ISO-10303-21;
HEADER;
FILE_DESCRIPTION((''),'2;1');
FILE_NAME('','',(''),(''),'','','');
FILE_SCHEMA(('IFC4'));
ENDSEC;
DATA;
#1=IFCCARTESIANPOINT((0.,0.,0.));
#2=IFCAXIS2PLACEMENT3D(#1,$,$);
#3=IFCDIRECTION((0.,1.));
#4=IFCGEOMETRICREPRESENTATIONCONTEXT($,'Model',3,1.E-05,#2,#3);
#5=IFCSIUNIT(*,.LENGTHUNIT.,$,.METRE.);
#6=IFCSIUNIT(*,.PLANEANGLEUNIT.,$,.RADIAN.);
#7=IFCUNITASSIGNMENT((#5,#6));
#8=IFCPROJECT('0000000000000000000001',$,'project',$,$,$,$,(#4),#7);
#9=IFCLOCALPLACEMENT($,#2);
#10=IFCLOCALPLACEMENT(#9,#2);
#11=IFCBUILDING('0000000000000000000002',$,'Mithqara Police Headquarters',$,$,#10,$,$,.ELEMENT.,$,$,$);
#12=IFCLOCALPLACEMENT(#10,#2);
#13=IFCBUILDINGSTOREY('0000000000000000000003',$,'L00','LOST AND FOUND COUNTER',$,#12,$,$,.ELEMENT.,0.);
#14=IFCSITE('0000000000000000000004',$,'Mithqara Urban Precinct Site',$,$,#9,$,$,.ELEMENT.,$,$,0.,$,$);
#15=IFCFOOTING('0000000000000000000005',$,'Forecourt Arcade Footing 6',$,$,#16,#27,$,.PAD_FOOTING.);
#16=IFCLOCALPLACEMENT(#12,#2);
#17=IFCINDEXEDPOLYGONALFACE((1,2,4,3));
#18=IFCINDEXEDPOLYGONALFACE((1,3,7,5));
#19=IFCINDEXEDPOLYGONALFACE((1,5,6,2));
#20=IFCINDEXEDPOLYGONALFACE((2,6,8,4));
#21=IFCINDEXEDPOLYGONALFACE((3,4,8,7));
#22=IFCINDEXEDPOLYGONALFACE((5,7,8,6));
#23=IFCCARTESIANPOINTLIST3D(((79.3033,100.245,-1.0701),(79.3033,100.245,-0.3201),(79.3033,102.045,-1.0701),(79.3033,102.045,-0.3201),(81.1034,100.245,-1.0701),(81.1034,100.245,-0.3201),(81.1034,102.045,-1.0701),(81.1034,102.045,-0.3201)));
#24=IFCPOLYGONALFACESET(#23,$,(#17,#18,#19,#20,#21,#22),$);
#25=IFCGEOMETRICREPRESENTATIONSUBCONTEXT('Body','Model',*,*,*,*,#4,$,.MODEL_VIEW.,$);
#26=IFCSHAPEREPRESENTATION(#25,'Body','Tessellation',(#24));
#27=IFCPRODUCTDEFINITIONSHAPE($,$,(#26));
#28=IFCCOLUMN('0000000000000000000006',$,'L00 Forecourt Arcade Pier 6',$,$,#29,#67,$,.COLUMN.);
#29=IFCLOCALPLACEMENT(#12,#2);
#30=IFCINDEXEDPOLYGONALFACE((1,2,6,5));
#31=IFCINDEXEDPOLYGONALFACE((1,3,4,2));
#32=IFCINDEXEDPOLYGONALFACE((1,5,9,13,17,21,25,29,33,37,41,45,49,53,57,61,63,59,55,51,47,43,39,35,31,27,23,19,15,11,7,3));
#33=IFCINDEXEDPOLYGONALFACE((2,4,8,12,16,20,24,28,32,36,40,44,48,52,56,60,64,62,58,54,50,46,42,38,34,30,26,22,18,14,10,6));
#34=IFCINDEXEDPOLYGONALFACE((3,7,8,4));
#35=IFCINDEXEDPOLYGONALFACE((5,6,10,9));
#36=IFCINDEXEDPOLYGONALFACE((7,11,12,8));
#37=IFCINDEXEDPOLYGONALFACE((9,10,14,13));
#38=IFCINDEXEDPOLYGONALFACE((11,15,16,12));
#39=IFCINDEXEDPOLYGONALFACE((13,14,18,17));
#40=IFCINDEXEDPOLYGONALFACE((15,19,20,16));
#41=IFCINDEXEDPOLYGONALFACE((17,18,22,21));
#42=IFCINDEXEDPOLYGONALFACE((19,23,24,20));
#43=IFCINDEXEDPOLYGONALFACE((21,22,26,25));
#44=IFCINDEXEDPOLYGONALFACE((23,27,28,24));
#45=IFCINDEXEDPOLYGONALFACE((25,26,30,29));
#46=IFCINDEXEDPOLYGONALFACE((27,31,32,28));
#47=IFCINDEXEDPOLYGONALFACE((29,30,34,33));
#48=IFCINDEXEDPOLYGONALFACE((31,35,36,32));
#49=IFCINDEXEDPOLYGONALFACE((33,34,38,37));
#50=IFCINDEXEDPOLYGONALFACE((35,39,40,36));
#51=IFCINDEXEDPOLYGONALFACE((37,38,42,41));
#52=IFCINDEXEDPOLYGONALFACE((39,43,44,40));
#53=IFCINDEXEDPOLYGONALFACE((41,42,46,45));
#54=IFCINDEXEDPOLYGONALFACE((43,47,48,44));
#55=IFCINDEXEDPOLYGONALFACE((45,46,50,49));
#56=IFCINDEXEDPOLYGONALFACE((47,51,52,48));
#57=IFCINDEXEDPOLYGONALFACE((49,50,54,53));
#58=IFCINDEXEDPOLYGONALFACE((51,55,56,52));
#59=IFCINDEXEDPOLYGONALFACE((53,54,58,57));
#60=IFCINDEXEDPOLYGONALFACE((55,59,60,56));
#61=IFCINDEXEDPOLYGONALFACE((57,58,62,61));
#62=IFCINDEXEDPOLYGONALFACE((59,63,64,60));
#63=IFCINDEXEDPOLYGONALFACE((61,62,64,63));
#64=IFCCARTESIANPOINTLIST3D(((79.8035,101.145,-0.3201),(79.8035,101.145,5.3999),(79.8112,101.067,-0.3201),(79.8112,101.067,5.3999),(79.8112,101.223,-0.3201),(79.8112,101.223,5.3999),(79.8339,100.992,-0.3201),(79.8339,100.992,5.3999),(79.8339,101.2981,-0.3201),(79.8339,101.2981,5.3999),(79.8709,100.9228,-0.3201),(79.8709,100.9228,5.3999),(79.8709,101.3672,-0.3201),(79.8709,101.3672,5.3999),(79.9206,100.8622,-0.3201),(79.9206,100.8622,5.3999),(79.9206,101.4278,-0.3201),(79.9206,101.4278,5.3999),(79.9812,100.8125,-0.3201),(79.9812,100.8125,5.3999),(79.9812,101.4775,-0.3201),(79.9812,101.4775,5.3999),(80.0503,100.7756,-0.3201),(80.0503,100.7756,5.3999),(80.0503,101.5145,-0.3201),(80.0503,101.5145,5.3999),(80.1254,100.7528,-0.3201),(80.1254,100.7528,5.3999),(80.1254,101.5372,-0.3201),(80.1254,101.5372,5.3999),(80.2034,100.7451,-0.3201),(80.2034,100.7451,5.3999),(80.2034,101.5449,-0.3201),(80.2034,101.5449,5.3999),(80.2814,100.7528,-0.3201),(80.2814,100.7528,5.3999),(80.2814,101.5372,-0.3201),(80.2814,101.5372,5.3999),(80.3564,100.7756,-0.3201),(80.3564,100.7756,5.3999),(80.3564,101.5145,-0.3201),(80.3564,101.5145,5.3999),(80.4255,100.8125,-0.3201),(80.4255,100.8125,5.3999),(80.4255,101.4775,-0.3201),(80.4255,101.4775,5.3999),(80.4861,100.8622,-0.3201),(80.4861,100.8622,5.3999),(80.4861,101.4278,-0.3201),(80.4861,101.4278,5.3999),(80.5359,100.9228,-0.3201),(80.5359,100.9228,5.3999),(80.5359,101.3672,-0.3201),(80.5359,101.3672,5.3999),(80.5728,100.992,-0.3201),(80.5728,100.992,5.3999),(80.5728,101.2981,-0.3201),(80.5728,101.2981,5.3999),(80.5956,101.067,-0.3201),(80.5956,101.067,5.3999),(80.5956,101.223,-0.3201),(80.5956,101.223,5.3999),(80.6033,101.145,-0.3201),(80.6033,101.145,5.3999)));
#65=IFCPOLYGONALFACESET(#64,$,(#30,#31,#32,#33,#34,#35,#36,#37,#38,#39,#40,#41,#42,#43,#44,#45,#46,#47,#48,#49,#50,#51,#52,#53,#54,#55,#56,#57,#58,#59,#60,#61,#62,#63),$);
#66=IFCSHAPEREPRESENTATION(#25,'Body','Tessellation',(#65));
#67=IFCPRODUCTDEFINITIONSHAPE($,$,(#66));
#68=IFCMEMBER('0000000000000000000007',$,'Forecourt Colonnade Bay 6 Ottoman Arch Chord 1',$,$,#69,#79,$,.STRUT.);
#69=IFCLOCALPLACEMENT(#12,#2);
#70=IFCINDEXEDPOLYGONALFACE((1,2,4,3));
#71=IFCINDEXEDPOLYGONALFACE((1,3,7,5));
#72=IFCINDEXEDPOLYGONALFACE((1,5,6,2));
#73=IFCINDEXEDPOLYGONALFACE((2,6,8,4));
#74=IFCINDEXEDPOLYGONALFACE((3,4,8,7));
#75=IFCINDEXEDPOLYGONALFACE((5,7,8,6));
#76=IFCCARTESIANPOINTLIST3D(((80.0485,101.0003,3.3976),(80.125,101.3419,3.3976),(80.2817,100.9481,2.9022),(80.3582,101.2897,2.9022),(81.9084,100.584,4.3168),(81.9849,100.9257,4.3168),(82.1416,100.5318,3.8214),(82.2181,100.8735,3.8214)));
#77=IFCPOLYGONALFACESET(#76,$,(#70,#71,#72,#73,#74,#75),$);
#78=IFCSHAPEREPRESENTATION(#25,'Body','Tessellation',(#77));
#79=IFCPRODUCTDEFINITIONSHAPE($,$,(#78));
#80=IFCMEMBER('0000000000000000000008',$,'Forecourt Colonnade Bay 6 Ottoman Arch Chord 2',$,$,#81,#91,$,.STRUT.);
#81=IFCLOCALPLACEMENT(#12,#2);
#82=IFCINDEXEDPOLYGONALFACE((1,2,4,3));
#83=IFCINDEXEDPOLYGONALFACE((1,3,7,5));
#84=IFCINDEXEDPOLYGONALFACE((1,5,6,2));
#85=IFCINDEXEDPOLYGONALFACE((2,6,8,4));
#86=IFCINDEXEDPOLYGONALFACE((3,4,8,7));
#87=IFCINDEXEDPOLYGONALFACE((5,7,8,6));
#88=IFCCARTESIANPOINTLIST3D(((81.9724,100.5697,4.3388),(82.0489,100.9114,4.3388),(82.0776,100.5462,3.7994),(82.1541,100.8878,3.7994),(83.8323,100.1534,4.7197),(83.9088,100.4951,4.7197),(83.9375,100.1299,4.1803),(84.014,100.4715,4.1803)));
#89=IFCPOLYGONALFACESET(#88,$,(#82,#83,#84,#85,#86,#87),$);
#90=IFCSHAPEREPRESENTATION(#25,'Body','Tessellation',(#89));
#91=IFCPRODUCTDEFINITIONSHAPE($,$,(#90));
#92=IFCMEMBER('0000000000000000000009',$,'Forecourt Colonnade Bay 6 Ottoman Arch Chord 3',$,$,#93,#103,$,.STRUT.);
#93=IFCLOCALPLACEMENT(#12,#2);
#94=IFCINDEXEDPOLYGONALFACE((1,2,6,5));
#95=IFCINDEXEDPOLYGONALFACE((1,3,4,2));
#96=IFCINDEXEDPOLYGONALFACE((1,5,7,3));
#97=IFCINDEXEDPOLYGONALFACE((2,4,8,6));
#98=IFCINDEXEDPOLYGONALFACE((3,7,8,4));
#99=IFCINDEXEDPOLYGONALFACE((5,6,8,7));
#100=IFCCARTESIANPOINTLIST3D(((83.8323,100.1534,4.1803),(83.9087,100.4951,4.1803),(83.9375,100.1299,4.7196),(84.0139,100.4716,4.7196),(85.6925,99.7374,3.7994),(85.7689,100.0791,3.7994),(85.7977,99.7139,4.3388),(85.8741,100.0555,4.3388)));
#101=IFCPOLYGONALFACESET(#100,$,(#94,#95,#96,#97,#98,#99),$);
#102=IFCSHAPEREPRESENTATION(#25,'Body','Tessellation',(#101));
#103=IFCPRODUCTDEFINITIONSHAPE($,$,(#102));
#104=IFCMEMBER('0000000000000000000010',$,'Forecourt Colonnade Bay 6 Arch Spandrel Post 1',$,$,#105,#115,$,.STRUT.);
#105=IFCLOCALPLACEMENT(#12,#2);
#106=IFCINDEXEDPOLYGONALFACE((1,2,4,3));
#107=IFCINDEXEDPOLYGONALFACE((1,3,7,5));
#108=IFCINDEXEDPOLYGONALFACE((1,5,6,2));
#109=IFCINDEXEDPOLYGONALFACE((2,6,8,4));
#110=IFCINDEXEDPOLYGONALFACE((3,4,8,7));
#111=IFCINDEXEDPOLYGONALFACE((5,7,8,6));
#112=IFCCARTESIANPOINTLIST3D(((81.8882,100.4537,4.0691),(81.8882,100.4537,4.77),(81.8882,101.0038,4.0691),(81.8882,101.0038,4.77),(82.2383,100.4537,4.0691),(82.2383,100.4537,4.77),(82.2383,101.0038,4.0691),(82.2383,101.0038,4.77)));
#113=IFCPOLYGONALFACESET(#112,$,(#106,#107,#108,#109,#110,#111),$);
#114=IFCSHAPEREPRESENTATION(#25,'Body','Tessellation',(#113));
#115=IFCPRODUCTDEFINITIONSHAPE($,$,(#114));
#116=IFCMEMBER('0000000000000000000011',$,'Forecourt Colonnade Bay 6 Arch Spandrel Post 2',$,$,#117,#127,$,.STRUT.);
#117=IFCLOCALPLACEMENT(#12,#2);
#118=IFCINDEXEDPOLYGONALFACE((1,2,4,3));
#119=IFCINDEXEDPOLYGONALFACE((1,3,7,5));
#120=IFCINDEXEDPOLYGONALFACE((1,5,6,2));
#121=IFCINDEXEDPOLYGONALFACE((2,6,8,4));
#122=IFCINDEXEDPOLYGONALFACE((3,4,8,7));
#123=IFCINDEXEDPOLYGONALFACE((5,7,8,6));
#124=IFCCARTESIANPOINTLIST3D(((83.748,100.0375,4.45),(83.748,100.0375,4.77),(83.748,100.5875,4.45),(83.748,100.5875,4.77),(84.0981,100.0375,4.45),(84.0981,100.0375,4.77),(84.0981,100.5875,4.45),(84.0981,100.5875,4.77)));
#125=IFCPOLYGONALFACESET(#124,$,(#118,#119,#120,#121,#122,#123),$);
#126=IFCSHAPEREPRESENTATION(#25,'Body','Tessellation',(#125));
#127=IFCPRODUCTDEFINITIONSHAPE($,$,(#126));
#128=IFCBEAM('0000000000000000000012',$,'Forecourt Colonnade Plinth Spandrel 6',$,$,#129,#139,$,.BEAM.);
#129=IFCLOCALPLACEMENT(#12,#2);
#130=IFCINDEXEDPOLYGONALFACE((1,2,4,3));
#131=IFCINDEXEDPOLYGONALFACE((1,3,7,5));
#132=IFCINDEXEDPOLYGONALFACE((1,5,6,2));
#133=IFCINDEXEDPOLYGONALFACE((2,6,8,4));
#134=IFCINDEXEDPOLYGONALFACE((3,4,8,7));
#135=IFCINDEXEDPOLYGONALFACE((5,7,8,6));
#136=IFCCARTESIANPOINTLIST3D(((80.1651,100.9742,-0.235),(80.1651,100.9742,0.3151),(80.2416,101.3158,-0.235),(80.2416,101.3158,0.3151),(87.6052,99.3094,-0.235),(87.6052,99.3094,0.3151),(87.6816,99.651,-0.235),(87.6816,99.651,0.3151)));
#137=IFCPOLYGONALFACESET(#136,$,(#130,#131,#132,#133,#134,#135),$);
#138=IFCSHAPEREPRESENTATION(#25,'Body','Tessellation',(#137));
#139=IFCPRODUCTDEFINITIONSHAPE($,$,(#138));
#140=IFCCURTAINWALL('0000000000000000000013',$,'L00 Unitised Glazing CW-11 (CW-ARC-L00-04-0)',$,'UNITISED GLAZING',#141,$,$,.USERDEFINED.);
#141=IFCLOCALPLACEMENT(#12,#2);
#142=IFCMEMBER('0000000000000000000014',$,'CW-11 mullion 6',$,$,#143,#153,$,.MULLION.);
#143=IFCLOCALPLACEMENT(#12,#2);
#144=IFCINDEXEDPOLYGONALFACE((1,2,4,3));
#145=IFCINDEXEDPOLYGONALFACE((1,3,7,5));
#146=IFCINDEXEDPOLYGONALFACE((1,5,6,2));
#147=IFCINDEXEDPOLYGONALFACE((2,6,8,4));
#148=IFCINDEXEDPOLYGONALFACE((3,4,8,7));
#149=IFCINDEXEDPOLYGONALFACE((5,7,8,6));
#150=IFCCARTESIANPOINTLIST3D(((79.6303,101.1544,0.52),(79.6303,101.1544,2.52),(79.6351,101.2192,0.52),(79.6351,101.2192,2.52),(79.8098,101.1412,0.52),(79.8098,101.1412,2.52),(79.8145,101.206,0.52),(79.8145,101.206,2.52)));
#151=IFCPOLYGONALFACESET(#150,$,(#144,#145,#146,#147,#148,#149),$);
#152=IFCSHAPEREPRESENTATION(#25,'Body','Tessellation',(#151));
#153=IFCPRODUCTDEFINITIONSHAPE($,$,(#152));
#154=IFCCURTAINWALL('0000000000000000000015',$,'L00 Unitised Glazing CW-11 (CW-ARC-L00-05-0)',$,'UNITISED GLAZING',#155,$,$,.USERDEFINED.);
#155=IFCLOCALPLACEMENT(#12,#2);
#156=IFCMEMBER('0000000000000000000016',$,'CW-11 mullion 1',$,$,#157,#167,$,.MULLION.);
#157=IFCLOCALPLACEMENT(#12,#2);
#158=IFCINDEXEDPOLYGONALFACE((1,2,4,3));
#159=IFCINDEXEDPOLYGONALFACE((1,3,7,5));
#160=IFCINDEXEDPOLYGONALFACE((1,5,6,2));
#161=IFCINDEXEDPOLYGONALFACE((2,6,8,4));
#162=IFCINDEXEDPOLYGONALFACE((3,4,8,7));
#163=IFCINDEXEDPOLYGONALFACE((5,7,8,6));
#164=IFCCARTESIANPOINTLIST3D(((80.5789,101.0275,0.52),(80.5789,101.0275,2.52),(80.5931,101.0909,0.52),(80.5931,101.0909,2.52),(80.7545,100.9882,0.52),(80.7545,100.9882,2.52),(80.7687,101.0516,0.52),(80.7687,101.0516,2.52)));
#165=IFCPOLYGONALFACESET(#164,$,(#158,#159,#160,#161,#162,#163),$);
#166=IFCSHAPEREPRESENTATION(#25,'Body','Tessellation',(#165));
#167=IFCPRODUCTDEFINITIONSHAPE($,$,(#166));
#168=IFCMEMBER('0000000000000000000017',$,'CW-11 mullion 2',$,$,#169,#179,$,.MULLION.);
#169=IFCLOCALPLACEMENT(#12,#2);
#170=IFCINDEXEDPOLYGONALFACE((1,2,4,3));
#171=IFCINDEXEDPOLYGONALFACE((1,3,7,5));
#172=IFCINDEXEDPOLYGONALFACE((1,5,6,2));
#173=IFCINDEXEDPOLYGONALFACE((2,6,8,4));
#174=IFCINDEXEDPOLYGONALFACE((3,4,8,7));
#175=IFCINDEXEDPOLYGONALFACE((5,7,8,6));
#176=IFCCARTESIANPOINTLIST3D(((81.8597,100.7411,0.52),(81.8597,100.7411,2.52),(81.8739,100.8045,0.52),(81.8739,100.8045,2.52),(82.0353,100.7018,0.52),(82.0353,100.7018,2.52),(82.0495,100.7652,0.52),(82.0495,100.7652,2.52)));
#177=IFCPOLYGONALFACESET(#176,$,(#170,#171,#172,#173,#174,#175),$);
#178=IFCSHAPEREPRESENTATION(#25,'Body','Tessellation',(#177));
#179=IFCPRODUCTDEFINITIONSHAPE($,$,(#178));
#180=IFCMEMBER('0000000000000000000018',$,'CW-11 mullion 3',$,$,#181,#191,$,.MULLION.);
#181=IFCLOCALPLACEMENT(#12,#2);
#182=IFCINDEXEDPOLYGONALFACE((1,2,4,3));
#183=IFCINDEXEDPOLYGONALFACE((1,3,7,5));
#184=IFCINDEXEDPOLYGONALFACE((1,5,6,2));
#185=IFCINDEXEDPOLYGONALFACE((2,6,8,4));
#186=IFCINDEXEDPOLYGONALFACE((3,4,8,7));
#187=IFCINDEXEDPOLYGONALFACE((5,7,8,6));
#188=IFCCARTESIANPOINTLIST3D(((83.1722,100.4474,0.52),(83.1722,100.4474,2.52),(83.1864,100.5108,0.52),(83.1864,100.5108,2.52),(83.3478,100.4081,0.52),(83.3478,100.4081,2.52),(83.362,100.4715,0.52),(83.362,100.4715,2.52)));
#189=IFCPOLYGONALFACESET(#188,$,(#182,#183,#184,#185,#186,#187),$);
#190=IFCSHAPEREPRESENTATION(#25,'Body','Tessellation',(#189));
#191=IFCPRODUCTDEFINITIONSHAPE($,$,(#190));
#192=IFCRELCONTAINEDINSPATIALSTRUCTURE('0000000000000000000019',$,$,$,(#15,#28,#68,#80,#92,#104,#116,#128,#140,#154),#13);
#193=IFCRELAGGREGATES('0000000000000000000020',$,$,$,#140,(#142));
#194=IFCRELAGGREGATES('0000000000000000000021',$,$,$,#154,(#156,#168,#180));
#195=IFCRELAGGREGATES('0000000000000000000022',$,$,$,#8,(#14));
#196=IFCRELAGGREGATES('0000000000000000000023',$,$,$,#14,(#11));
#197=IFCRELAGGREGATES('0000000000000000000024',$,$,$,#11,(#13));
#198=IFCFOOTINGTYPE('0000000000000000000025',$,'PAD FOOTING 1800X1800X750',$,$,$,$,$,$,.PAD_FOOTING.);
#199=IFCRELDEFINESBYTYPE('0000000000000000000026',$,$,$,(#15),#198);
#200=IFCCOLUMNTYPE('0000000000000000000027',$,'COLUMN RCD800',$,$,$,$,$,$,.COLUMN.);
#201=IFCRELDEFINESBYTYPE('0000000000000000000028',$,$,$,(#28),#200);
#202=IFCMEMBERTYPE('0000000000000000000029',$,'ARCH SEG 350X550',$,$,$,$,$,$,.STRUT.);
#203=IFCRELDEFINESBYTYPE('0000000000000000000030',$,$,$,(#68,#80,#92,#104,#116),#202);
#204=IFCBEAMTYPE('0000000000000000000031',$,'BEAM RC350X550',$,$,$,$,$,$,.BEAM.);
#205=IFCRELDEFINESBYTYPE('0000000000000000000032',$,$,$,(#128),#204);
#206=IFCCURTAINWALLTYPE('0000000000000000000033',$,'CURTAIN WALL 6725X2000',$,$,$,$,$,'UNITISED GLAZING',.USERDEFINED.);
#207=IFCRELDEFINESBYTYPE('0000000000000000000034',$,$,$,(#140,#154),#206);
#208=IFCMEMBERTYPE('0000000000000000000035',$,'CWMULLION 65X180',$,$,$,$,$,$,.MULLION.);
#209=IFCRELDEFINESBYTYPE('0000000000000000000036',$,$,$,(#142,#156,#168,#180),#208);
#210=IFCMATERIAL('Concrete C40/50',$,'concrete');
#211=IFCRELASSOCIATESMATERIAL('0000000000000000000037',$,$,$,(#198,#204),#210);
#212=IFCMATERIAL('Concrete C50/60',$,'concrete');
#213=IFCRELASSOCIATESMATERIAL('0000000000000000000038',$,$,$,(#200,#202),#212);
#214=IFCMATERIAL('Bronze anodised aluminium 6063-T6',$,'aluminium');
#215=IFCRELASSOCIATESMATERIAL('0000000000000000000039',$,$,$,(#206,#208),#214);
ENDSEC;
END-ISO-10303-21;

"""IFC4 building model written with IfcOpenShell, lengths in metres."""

from ifc_helpers import new_model, si_unit, direction, frame, origin, origin_2d, place, context, subcontext, project, spatial, rectangle, circle, extrude, material, material_profile, profile_set, type_object, element, aggregate, save


model = new_model("IFC4")

# Units and contexts
model_context = context("Model", 3, precision=1e-05, world=origin(), true_north=direction((0.0, 1.0)))
body_context = subcontext(model_context, "Body", "Model", "MODEL_VIEW")
ifc_project = project(units=[si_unit("LENGTHUNIT", "METRE"), si_unit("PLANEANGLEUNIT", "RADIAN")], contexts=[model_context])

# Site, building, storey
site_placement = place(None, origin())
site = spatial("IfcSite", under=ifc_project, at=site_placement, Name="Mithqara Urban Precinct Site", CompositionType="ELEMENT", RefElevation=0.0)
building_placement = place(site_placement, origin())
building = spatial("IfcBuilding", under=site, at=building_placement, Name="Mithqara Police Headquarters", CompositionType="ELEMENT")
storey_placement = place(building_placement, origin())
storey = spatial("IfcBuildingStorey", under=building, at=storey_placement, Name="L00", Description="LOST AND FOUND COUNTER", CompositionType="ELEMENT", Elevation=0.0)

# Footing
ifc_material_1 = material(Name="Concrete C40/50", Category="concrete")
footing_type = type_object("IfcFootingType", Name="PAD FOOTING 1800X1800X750", PredefinedType="PAD_FOOTING", material=ifc_material_1)
footing_placement = place(storey_placement, frame((80.2034, 101.145, -1.0701), z_axis=(0.0, 0.0, 1.0), x_axis=(1.0, 0.0, 0.0)))
element("IfcFooting", 1, at=footing_placement, inside=storey, type_object=footing_type, Name="Forecourt Arcade Footing 6", PredefinedType="PAD_FOOTING", context=body_context, shape_type="SweptSolid", body=[
    extrude(rectangle(XDim=1.8, YDim=1.8, at=origin_2d()), origin(), (0.0, 0.0, 1.0), 0.75),
])

# Column
ifc_material_2 = material(Name="Concrete C50/60", Category="concrete")
ifc_material_profile_1 = material_profile(ifc_material_2, circle(Radius=0.3999, at=origin_2d()), Name="RCD 800")
ifc_profile_set_1 = profile_set([ifc_material_profile_1], Name="Concrete C50/60")
column_type = type_object("IfcColumnType", Name="COLUMN RCD800", PredefinedType="COLUMN", material=ifc_profile_set_1)
column_placement = place(storey_placement, frame((80.2034, 101.145, -0.3201), z_axis=(0.0, 0.0, 1.0), x_axis=(1.0, 0.0, 0.0)))
element("IfcColumn", 2, at=column_placement, inside=storey, type_object=column_type, Name="L00 Forecourt Arcade Pier 6", PredefinedType="COLUMN", context=body_context, shape_type="SweptSolid", body=[
    extrude(circle(Radius=0.3999, at=origin_2d()), origin(), (0.0, 0.0, 1.0), 5.72),
])

# Members
ifc_material_profile_2 = material_profile(ifc_material_2, rectangle(XDim=0.3501, YDim=0.55, at=origin_2d()), Name="ARC 350x550")
ifc_profile_set_2 = profile_set([ifc_material_profile_2], Name="Concrete C50/60")
member_type_1 = type_object("IfcMemberType", Name="ARCH SEG 350X550", PredefinedType="STRUT", material=ifc_profile_set_2)
member_1_placement = place(storey_placement, frame((80.2034, 101.145, 3.1499), z_axis=(0.87897, -0.196724, 0.434408), x_axis=(0.218409, 0.975857, 0.0)))
element("IfcMember", 3, at=member_1_placement, inside=storey, type_object=member_type_1, Name="Forecourt Colonnade Bay 6 Ottoman Arch Chord 1", PredefinedType="STRUT", context=body_context, shape_type="SweptSolid", body=[
    extrude(rectangle(XDim=0.3501, YDim=0.55, at=origin_2d()), origin(), (0.0, 0.0, 1.0), 2.116),
])
member_2_placement = place(storey_placement, frame((82.0632, 100.7288, 4.0691), z_axis=(0.956937, -0.214174, 0.19596), x_axis=(0.218409, 0.975857, 0.0)))
element("IfcMember", 4, at=member_2_placement, inside=storey, type_object=member_type_1, Name="Forecourt Colonnade Bay 6 Ottoman Arch Chord 2", PredefinedType="STRUT", context=body_context, shape_type="SweptSolid", body=[
    extrude(rectangle(XDim=0.3501, YDim=0.55, at=origin_2d()), origin(), (0.0, 0.0, 1.0), 1.9436),
])
member_3_placement = place(storey_placement, frame((83.9231, 100.3125, 4.45), z_axis=(0.956974, -0.214029, -0.195942), x_axis=(0.218259, 0.975891, 0.0)))
element("IfcMember", 5, at=member_3_placement, inside=storey, type_object=member_type_1, Name="Forecourt Colonnade Bay 6 Ottoman Arch Chord 3", PredefinedType="STRUT", context=body_context, shape_type="SweptSolid", body=[
    extrude(rectangle(XDim=0.3501, YDim=0.55, at=origin_2d()), origin(), (0.0, 0.0, 1.0), 1.9438),
])
member_4_placement = place(storey_placement, frame((82.0632, 100.7288, 4.0691), z_axis=(0.0, 0.0, 1.0), x_axis=(1.0, 0.0, 0.0)))
element("IfcMember", 6, at=member_4_placement, inside=storey, type_object=member_type_1, Name="Forecourt Colonnade Bay 6 Arch Spandrel Post 1", PredefinedType="STRUT", context=body_context, shape_type="SweptSolid", body=[
    extrude(rectangle(XDim=0.3501, YDim=0.55, at=origin_2d()), origin(), (0.0, 0.0, 1.0), 0.7009),
])
member_5_placement = place(storey_placement, frame((83.9231, 100.3125, 4.45), z_axis=(0.0, 0.0, 1.0), x_axis=(1.0, 0.0, 0.0)))
element("IfcMember", 7, at=member_5_placement, inside=storey, type_object=member_type_1, Name="Forecourt Colonnade Bay 6 Arch Spandrel Post 2", PredefinedType="STRUT", context=body_context, shape_type="SweptSolid", body=[
    extrude(rectangle(XDim=0.3501, YDim=0.55, at=origin_2d()), origin(), (0.0, 0.0, 1.0), 0.3201),
])

# Beam
ifc_material_profile_3 = material_profile(ifc_material_1, rectangle(XDim=0.3501, YDim=0.55, at=origin_2d()), Name="RC 350x550")
ifc_profile_set_3 = profile_set([ifc_material_profile_3], Name="Concrete C40/50")
beam_type_1 = type_object("IfcBeamType", Name="BEAM RC350X550", PredefinedType="BEAM", material=ifc_profile_set_3)
beam_1_placement = place(storey_placement, frame((80.2034, 101.145, 0.04), z_axis=(0.975867, -0.218364, 0.0), x_axis=(0.218364, 0.975867, 0.0)))
element("IfcBeam", 8, at=beam_1_placement, inside=storey, type_object=beam_type_1, Name="Forecourt Colonnade Plinth Spandrel 6", PredefinedType="BEAM", context=body_context, shape_type="SweptSolid", body=[
    extrude(rectangle(XDim=0.3501, YDim=0.55, at=origin_2d()), origin(), (0.0, 0.0, 1.0), 7.624),
])

# Curtain wall, member
ifc_material_3 = material(Name="Bronze anodised aluminium 6063-T6", Category="aluminium")
curtain_wall_type = type_object("IfcCurtainWallType", Name="CURTAIN WALL 6725X2000", ElementType="UNITISED GLAZING", PredefinedType="USERDEFINED", material=ifc_material_3)
curtain_wall_1_placement = place(storey_placement, origin())
curtain_wall_1 = element("IfcCurtainWall", 9, at=curtain_wall_1_placement, inside=storey, type_object=curtain_wall_type, Name="L00 Unitised Glazing CW-11 (CW-ARC-L00-04-0)", ObjectType="UNITISED GLAZING", PredefinedType="USERDEFINED")
ifc_material_profile_4 = material_profile(ifc_material_3, rectangle(XDim=0.0649, YDim=0.1799, at=origin_2d()), Name="CWM 65x180")
ifc_profile_set_4 = profile_set([ifc_material_profile_4], Name="Bronze anodised aluminium 6063-T6")
member_type_2 = type_object("IfcMemberType", Name="CWMULLION 65X180", PredefinedType="MULLION", material=ifc_profile_set_4)
member_6_placement = place(storey_placement, frame((79.7224, 101.1802, 0.52), z_axis=(0.0, 0.0, 1.0), x_axis=(0.073298, 0.99731, 0.0)))
member_6 = element("IfcMember", 10, at=member_6_placement, type_object=member_type_2, Name="CW-11 mullion 6", PredefinedType="MULLION", context=body_context, shape_type="SweptSolid", body=[
    extrude(rectangle(XDim=0.0649, YDim=0.1799, at=origin_2d()), origin(), (0.0, 0.0, 1.0), 2.0),
])

# Curtain wall, members
curtain_wall_2_placement = place(storey_placement, origin())
curtain_wall_2 = element("IfcCurtainWall", 11, at=curtain_wall_2_placement, inside=storey, type_object=curtain_wall_type, Name="L00 Unitised Glazing CW-11 (CW-ARC-L00-05-0)", ObjectType="UNITISED GLAZING", PredefinedType="USERDEFINED")
member_7_placement = place(storey_placement, frame((80.6738, 101.0396, 0.52), z_axis=(0.0, 0.0, 1.0), x_axis=(0.218335, 0.975874, 0.0)))
member_7 = element("IfcMember", 12, at=member_7_placement, type_object=member_type_2, Name="CW-11 mullion 1", PredefinedType="MULLION", context=body_context, shape_type="SweptSolid", body=[
    extrude(rectangle(XDim=0.0649, YDim=0.1799, at=origin_2d()), origin(), (0.0, 0.0, 1.0), 2.0),
])
member_8_placement = place(storey_placement, frame((81.9546, 100.7532, 0.52), z_axis=(0.0, 0.0, 1.0), x_axis=(0.218335, 0.975874, 0.0)))
member_8 = element("IfcMember", 13, at=member_8_placement, type_object=member_type_2, Name="CW-11 mullion 2", PredefinedType="MULLION", context=body_context, shape_type="SweptSolid", body=[
    extrude(rectangle(XDim=0.0649, YDim=0.1799, at=origin_2d()), origin(), (0.0, 0.0, 1.0), 2.0),
])
member_9_placement = place(storey_placement, frame((83.2671, 100.4595, 0.52), z_axis=(0.0, 0.0, 1.0), x_axis=(0.218335, 0.975874, 0.0)))
member_9 = element("IfcMember", 14, at=member_9_placement, type_object=member_type_2, Name="CW-11 mullion 3", PredefinedType="MULLION", context=body_context, shape_type="SweptSolid", body=[
    extrude(rectangle(XDim=0.0649, YDim=0.1799, at=origin_2d()), origin(), (0.0, 0.0, 1.0), 2.0),
])

aggregate(curtain_wall_1, [member_6])
aggregate(curtain_wall_2, [member_7, member_8, member_9])

save(model, "model.ifc")
